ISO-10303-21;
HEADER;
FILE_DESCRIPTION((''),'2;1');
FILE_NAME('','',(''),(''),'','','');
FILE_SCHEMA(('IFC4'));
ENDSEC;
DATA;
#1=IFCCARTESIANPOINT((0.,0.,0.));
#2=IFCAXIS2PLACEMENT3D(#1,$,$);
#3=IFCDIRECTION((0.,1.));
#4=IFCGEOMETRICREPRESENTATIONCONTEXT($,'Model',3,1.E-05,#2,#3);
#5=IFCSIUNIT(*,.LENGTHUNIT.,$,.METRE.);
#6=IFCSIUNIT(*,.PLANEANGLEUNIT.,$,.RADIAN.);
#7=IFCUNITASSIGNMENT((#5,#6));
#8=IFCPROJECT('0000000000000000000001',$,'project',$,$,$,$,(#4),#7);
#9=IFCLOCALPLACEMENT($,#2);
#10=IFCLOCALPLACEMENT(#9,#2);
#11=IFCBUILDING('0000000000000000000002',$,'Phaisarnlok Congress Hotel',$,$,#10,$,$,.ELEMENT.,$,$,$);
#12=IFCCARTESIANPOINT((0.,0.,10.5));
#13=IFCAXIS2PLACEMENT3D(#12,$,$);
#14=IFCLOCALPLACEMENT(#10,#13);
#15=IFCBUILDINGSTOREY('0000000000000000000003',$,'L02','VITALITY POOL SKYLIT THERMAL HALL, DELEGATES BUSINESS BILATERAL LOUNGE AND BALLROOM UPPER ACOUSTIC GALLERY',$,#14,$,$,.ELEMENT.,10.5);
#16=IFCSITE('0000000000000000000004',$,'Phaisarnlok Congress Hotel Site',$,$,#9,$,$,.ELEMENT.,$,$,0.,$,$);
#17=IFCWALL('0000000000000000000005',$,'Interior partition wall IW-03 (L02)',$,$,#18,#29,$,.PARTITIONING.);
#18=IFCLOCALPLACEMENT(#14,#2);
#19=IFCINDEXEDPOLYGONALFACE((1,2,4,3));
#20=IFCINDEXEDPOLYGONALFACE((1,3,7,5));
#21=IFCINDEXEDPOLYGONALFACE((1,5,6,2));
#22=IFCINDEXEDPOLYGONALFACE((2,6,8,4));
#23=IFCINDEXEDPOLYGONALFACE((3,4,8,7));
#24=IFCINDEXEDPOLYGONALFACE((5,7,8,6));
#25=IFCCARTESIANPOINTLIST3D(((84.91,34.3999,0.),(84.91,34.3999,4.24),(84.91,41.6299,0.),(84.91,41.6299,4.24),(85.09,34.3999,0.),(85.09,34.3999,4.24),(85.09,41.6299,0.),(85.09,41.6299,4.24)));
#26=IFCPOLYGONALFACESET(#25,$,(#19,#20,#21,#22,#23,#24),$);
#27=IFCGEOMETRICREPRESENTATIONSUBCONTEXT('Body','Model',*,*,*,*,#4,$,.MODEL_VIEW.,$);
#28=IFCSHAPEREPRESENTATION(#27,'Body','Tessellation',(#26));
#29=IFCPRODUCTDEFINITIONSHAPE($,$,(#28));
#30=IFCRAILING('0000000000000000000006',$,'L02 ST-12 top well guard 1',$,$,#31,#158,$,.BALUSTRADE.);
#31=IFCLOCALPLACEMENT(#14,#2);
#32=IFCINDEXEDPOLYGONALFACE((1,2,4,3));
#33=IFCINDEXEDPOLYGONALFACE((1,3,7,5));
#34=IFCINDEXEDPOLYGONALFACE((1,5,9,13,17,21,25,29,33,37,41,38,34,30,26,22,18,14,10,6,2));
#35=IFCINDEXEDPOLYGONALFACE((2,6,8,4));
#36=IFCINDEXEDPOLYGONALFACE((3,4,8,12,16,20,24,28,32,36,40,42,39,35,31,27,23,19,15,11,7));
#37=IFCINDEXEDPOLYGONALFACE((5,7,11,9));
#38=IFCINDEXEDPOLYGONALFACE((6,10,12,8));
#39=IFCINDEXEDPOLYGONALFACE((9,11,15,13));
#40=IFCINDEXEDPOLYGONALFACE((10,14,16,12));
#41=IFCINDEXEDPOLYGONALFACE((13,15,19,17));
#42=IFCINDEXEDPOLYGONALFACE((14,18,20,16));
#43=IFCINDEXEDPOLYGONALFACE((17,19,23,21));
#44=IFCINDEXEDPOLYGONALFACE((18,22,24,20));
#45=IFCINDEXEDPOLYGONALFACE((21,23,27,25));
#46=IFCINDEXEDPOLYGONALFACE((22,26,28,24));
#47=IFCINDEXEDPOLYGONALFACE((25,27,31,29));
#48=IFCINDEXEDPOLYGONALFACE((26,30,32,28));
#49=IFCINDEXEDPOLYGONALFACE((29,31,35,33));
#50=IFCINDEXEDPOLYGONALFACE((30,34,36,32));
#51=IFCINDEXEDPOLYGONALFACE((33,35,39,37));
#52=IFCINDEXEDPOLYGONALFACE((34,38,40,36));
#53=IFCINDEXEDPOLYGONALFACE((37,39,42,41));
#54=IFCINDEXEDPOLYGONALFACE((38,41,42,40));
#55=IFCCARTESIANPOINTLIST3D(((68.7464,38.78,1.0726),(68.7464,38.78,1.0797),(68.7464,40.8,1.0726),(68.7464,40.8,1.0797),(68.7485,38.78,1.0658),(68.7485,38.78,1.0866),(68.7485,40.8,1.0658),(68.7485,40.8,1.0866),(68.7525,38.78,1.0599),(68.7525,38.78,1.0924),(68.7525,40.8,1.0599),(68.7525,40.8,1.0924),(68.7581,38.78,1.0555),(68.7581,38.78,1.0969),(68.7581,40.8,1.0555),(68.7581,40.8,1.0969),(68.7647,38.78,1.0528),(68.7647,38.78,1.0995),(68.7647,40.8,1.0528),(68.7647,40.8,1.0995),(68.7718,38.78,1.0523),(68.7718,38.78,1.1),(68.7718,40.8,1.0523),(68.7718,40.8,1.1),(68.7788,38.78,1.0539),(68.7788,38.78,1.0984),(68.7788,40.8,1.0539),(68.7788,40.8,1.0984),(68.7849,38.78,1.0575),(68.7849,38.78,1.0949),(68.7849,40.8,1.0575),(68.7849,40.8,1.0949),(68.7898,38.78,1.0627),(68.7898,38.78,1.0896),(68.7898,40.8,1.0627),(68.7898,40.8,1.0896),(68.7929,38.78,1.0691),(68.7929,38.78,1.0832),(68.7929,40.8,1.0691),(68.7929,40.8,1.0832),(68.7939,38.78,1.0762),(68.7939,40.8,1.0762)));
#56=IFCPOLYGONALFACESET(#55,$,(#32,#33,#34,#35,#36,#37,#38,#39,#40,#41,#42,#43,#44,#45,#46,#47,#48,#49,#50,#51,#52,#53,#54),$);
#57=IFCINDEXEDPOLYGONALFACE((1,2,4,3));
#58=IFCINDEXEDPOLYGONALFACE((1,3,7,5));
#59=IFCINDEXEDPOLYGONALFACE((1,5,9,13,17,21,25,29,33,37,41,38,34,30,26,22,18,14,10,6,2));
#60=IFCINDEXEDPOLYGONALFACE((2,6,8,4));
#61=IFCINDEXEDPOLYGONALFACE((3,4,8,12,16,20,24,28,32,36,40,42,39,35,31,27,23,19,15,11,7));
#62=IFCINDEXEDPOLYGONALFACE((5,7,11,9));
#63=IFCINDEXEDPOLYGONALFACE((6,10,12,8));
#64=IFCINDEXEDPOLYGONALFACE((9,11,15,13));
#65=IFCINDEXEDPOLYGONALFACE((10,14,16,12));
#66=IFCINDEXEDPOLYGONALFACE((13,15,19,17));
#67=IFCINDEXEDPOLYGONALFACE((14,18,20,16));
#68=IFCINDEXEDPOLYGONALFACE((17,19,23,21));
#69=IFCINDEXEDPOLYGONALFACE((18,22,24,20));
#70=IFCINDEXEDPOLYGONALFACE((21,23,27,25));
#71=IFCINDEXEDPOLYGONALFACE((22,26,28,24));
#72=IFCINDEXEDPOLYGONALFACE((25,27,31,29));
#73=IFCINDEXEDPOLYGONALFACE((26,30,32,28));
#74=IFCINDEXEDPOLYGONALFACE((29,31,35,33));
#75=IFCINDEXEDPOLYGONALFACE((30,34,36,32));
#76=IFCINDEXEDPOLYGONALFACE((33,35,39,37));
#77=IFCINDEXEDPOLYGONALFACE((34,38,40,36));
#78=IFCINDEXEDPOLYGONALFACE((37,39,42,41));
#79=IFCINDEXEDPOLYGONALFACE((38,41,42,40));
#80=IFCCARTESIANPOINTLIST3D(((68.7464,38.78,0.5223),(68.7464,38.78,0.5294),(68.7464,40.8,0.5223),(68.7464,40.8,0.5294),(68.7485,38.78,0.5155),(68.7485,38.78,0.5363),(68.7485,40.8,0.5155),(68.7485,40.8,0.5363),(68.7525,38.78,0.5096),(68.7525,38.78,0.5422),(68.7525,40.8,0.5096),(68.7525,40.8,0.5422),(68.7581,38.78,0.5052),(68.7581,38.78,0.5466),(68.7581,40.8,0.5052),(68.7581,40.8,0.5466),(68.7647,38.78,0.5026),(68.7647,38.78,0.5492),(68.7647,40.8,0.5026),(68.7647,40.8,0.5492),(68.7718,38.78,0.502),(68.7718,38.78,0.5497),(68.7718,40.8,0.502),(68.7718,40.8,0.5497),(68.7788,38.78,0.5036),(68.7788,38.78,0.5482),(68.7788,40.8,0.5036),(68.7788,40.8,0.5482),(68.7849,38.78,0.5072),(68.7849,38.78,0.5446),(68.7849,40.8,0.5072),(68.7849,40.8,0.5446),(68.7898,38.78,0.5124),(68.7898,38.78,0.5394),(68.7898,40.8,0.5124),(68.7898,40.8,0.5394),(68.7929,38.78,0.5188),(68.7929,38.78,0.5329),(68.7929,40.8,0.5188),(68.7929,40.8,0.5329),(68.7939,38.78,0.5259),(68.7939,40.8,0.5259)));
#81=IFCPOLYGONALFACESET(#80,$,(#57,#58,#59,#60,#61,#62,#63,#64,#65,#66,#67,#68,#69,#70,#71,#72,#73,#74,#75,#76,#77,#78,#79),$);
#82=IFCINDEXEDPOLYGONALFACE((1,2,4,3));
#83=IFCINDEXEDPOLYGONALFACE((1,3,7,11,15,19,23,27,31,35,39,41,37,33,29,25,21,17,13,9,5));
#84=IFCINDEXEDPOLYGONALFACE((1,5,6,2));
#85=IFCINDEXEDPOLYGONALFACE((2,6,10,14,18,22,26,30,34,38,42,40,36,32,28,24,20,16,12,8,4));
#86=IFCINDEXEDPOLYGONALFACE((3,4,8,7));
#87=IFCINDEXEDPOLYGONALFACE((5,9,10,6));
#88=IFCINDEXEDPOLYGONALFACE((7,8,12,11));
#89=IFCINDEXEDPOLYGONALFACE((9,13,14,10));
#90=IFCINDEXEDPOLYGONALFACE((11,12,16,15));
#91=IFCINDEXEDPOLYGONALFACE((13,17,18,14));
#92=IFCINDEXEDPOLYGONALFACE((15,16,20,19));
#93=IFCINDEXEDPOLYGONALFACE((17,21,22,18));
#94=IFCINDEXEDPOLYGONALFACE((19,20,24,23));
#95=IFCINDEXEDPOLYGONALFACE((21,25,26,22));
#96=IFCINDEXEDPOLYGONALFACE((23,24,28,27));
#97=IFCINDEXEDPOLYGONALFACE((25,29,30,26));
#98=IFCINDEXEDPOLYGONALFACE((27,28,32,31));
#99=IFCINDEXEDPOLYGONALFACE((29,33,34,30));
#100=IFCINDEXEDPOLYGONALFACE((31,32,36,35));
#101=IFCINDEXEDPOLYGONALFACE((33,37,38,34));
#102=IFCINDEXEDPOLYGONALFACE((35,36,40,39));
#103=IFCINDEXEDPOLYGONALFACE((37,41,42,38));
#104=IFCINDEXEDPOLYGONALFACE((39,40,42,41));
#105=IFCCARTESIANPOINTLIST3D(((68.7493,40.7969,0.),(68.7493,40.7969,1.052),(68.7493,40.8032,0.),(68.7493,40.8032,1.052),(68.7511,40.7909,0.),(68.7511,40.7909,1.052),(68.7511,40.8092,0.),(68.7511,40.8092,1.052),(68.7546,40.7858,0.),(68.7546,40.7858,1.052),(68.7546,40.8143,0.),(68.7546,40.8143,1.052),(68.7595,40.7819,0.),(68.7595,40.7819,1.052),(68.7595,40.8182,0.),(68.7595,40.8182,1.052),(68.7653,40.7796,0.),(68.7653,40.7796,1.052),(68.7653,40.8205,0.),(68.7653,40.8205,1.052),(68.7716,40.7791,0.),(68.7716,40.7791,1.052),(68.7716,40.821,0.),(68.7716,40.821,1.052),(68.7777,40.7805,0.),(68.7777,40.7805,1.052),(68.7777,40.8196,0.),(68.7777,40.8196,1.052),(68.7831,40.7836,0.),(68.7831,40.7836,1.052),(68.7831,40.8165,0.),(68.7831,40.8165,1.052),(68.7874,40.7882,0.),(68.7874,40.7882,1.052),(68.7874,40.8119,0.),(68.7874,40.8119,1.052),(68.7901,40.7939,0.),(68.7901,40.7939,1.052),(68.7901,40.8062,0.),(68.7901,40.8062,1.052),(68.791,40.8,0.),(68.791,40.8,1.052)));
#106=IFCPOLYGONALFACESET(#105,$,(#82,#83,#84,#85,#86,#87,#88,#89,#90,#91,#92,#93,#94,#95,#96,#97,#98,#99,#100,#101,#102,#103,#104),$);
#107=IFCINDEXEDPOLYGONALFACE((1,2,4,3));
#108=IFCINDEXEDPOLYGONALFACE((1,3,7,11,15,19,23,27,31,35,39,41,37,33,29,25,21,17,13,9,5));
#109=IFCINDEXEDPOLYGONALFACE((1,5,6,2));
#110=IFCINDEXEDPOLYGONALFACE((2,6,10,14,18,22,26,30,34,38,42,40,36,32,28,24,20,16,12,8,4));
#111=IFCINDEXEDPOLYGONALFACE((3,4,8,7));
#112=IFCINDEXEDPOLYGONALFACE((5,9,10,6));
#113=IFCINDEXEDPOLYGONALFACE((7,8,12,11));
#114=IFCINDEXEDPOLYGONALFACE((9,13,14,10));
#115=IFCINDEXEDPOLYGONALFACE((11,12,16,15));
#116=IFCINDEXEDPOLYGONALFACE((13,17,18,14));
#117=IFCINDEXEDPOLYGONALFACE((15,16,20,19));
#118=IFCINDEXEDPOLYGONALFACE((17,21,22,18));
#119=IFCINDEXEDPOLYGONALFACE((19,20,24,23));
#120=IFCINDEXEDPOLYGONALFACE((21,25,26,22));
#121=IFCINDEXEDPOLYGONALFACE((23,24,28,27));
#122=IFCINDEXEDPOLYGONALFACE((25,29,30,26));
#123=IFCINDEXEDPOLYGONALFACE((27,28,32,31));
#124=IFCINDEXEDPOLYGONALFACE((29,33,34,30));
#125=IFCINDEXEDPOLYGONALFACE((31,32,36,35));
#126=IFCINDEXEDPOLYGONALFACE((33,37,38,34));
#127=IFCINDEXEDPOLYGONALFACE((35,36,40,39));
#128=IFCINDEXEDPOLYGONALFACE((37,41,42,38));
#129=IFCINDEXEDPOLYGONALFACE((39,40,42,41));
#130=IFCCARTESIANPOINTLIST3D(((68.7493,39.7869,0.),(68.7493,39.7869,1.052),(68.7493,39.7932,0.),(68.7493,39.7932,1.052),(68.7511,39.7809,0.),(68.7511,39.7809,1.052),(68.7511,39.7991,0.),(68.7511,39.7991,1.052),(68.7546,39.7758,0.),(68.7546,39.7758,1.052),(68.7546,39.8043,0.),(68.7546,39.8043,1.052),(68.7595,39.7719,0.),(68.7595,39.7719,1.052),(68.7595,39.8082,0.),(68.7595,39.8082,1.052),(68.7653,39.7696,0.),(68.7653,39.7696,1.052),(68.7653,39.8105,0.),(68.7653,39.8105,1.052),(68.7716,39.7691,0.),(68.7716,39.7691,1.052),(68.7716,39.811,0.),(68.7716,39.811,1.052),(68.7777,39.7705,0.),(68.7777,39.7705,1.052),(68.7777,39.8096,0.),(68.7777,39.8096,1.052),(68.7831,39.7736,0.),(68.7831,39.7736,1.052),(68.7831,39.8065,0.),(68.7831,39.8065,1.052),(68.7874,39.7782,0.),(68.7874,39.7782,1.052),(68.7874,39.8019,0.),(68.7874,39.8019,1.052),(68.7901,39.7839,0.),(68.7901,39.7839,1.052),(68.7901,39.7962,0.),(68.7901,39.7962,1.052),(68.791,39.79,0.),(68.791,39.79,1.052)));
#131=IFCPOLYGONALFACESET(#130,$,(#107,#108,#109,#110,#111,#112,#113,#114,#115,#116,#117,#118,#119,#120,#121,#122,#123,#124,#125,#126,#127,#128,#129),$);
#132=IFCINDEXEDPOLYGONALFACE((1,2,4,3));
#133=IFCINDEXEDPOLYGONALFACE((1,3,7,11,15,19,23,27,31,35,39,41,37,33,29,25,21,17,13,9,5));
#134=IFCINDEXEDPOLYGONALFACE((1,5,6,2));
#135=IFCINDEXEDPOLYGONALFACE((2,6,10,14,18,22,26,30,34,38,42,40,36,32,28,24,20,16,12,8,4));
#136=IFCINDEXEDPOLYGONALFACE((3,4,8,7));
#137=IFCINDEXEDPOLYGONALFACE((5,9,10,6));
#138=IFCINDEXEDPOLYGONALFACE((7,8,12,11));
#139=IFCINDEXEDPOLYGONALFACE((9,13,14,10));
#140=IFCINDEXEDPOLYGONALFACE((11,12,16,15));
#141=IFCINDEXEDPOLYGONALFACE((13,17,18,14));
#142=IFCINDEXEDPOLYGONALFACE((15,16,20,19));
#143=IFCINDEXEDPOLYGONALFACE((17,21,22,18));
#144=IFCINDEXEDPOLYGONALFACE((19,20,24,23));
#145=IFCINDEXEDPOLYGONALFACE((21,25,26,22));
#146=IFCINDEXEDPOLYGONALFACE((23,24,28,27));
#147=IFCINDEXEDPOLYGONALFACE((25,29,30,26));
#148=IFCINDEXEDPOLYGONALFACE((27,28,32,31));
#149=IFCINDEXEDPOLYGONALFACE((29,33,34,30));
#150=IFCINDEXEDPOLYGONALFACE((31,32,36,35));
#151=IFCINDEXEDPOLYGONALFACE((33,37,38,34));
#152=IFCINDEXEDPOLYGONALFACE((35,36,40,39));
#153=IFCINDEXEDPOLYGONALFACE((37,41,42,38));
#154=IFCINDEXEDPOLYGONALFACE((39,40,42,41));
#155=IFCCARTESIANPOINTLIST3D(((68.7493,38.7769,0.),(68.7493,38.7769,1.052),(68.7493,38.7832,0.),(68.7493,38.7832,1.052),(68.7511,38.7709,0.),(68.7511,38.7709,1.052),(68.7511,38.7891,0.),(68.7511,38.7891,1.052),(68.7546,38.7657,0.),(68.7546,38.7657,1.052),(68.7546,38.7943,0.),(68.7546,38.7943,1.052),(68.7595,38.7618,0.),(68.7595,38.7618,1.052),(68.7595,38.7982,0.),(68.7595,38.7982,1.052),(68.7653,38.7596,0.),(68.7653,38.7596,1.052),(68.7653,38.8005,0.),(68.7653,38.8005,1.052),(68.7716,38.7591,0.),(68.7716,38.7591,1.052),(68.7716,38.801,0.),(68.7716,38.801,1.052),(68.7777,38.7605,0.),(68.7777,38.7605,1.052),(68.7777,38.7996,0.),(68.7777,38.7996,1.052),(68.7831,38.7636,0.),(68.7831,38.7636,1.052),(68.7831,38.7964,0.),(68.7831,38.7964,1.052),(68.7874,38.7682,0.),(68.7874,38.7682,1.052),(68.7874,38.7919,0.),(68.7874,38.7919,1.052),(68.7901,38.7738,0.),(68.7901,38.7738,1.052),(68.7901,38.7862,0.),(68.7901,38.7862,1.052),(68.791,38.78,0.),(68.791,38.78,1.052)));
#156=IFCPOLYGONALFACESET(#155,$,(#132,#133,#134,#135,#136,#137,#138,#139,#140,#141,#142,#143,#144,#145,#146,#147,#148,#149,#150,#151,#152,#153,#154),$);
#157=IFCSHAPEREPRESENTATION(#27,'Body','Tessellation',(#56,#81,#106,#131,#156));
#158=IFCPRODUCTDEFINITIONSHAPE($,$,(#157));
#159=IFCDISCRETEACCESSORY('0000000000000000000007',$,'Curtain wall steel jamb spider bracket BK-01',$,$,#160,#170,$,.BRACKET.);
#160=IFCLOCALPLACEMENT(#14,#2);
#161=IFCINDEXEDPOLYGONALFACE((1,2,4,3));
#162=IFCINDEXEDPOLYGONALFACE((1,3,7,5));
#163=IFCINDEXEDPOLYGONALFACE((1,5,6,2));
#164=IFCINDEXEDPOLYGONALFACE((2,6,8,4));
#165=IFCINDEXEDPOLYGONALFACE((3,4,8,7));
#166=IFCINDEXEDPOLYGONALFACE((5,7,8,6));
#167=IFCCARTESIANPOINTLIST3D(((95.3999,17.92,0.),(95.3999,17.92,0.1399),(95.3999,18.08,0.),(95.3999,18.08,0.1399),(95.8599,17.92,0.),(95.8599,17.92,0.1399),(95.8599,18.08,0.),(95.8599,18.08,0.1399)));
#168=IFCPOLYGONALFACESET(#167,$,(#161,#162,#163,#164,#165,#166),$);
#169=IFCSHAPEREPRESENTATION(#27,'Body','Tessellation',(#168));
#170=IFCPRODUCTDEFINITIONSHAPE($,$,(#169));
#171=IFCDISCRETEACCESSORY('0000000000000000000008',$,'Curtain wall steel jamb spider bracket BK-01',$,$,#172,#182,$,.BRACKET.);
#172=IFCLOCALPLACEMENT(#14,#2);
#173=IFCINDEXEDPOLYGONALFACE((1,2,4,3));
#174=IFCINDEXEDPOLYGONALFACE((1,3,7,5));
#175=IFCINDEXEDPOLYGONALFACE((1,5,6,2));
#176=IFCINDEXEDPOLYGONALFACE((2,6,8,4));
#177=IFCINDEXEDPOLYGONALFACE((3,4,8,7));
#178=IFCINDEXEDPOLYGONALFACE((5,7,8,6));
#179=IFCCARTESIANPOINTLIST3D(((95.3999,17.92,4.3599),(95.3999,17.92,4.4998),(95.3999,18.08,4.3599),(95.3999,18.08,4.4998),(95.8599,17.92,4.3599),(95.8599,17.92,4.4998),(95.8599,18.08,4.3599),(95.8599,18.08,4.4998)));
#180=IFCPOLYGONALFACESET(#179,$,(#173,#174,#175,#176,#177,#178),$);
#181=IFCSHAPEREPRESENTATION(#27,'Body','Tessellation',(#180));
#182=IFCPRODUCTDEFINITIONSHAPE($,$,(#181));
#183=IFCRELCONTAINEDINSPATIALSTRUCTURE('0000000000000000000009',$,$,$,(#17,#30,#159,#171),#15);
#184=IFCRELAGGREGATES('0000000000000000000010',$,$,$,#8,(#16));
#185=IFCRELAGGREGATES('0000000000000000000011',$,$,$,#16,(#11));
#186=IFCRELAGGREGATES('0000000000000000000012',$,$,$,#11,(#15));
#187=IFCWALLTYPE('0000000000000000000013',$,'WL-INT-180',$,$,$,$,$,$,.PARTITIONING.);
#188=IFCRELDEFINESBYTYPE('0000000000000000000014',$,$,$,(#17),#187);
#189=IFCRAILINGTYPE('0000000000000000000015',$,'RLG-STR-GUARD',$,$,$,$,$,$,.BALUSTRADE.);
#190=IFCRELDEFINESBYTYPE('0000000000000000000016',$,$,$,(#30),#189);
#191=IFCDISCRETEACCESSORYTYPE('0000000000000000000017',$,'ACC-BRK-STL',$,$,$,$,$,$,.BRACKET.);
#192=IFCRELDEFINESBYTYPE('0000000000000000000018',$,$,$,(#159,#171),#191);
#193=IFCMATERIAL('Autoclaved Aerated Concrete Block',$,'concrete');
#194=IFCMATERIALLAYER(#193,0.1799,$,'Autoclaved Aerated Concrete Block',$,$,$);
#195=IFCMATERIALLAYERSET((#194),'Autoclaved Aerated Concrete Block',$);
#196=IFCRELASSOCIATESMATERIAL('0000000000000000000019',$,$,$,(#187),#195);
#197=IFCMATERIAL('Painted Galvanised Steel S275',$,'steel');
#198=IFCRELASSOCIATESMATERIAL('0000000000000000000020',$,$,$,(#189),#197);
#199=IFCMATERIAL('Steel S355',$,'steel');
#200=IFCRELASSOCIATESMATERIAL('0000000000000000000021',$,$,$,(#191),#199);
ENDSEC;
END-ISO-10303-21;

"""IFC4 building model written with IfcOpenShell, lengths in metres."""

from ifc_helpers import new_model, si_unit, direction, frame, frame_2d, origin, origin_2d, place, context, subcontext, project, spatial, rectangle, circle, extrude, material, layer, layer_set, type_object, element, save


model = new_model("IFC4")

# Units and contexts
model_context = context("Model", 3, precision=1e-05, world=origin(), true_north=direction((0.0, 1.0)))
body_context = subcontext(model_context, "Body", "Model", "MODEL_VIEW")
ifc_project = project(units=[si_unit("LENGTHUNIT", "METRE"), si_unit("PLANEANGLEUNIT", "RADIAN")], contexts=[model_context])

# Site, building, storey
site_placement = place(None, origin())
site = spatial("IfcSite", under=ifc_project, at=site_placement, Name="Phaisarnlok Congress Hotel Site", CompositionType="ELEMENT", RefElevation=0.0)
building_placement = place(site_placement, origin())
building = spatial("IfcBuilding", under=site, at=building_placement, Name="Phaisarnlok Congress Hotel", CompositionType="ELEMENT")
storey_placement = place(building_placement, frame((0.0, 0.0, 10.5)))
storey = spatial("IfcBuildingStorey", under=building, at=storey_placement, Name="L02", Description="VITALITY POOL SKYLIT THERMAL HALL, DELEGATES BUSINESS BILATERAL LOUNGE AND BALLROOM UPPER ACOUSTIC GALLERY", CompositionType="ELEMENT", Elevation=10.5)

# Shared definitions
ifc_material_1 = material(Name="Steel S355", Category="steel")

# Wall
ifc_material_2 = material(Name="Autoclaved Aerated Concrete Block", Category="concrete")
ifc_layer_1 = layer(ifc_material_2, 0.1799, Name="Autoclaved Aerated Concrete Block")
ifc_layer_set_1 = layer_set([ifc_layer_1], Name="Autoclaved Aerated Concrete Block")
wall_type_1 = type_object("IfcWallType", Name="WL-INT-180", PredefinedType="PARTITIONING", material=ifc_layer_set_1)
for number, where, z_axis, x_axis, name in (
    (1, (85.0, 34.3999, 0.0), (0.0, 0.0, 1.0), (0.0, 1.0, 0.0), "Interior partition wall IW-03 (L02)"),
):
    element("IfcWall", number, at=place(storey_placement, frame(where, z_axis=z_axis, x_axis=x_axis)), inside=storey, type_object=wall_type_1, Name=name, PredefinedType="PARTITIONING", context=body_context, shape_type="SweptSolid", body=[
        extrude(rectangle(XDim=7.23, YDim=0.1799, at=frame_2d((3.615, 0.0))), origin(), (0.0, 0.0, 1.0), 4.24),
    ])

# Railing
ifc_material_3 = material(Name="Painted Galvanised Steel S275", Category="steel")
railing_type_1 = type_object("IfcRailingType", Name="RLG-STR-GUARD", PredefinedType="BALUSTRADE", material=ifc_material_3)
railing_1_placement = place(storey_placement, frame((68.77, 40.8, 0.0)))
element("IfcRailing", 2, at=railing_1_placement, inside=storey, type_object=railing_type_1, Name="L02 ST-12 top well guard 1", PredefinedType="BALUSTRADE", context=body_context, shape_type="SweptSolid", body=[
    extrude(circle(Radius=0.0239, at=origin_2d()), frame((0.0, 0.0, 1.0762), z_axis=(0.0, -1.0, 0.0), x_axis=(1.0, 0.0, 0.0)), (0.0, 0.0, 1.0), 2.02),
    extrude(circle(Radius=0.0239, at=origin_2d()), frame((0.0, 0.0, 0.5259), z_axis=(0.0, -1.0, 0.0), x_axis=(1.0, 0.0, 0.0)), (0.0, 0.0, 1.0), 2.02),
    extrude(circle(Radius=0.021, at=origin_2d()), origin(), (0.0, 0.0, 1.0), 1.052),
    extrude(circle(Radius=0.021, at=origin_2d()), frame((0.0, -1.01, 0.0)), (0.0, 0.0, 1.0), 1.052),
    extrude(circle(Radius=0.021, at=origin_2d()), frame((0.0, -2.02, 0.0)), (0.0, 0.0, 1.0), 1.052),
])

# Discrete accessories
discrete_accessory_type = type_object("IfcDiscreteAccessoryType", Name="ACC-BRK-STL", PredefinedType="BRACKET", material=ifc_material_1)
for number, where, z_axis, x_axis, name in (
    (3, (95.6299, 18.0, 0.0), (0.0, 0.0, 1.0), (1.0, 0.0, 0.0), "Curtain wall steel jamb spider bracket BK-01"),
    (4, (95.6299, 18.0, 4.3599), (0.0, 0.0, 1.0), (1.0, 0.0, 0.0), "Curtain wall steel jamb spider bracket BK-01"),
):
    element("IfcDiscreteAccessory", number, at=place(storey_placement, frame(where, z_axis=z_axis, x_axis=x_axis)), inside=storey, type_object=discrete_accessory_type, Name=name, PredefinedType="BRACKET", context=body_context, shape_type="SweptSolid", body=[
        extrude(rectangle(XDim=0.46, YDim=0.1599, at=origin_2d()), origin(), (0.0, 0.0, 1.0), 0.1399),
    ])

save(model, "model.ifc")
